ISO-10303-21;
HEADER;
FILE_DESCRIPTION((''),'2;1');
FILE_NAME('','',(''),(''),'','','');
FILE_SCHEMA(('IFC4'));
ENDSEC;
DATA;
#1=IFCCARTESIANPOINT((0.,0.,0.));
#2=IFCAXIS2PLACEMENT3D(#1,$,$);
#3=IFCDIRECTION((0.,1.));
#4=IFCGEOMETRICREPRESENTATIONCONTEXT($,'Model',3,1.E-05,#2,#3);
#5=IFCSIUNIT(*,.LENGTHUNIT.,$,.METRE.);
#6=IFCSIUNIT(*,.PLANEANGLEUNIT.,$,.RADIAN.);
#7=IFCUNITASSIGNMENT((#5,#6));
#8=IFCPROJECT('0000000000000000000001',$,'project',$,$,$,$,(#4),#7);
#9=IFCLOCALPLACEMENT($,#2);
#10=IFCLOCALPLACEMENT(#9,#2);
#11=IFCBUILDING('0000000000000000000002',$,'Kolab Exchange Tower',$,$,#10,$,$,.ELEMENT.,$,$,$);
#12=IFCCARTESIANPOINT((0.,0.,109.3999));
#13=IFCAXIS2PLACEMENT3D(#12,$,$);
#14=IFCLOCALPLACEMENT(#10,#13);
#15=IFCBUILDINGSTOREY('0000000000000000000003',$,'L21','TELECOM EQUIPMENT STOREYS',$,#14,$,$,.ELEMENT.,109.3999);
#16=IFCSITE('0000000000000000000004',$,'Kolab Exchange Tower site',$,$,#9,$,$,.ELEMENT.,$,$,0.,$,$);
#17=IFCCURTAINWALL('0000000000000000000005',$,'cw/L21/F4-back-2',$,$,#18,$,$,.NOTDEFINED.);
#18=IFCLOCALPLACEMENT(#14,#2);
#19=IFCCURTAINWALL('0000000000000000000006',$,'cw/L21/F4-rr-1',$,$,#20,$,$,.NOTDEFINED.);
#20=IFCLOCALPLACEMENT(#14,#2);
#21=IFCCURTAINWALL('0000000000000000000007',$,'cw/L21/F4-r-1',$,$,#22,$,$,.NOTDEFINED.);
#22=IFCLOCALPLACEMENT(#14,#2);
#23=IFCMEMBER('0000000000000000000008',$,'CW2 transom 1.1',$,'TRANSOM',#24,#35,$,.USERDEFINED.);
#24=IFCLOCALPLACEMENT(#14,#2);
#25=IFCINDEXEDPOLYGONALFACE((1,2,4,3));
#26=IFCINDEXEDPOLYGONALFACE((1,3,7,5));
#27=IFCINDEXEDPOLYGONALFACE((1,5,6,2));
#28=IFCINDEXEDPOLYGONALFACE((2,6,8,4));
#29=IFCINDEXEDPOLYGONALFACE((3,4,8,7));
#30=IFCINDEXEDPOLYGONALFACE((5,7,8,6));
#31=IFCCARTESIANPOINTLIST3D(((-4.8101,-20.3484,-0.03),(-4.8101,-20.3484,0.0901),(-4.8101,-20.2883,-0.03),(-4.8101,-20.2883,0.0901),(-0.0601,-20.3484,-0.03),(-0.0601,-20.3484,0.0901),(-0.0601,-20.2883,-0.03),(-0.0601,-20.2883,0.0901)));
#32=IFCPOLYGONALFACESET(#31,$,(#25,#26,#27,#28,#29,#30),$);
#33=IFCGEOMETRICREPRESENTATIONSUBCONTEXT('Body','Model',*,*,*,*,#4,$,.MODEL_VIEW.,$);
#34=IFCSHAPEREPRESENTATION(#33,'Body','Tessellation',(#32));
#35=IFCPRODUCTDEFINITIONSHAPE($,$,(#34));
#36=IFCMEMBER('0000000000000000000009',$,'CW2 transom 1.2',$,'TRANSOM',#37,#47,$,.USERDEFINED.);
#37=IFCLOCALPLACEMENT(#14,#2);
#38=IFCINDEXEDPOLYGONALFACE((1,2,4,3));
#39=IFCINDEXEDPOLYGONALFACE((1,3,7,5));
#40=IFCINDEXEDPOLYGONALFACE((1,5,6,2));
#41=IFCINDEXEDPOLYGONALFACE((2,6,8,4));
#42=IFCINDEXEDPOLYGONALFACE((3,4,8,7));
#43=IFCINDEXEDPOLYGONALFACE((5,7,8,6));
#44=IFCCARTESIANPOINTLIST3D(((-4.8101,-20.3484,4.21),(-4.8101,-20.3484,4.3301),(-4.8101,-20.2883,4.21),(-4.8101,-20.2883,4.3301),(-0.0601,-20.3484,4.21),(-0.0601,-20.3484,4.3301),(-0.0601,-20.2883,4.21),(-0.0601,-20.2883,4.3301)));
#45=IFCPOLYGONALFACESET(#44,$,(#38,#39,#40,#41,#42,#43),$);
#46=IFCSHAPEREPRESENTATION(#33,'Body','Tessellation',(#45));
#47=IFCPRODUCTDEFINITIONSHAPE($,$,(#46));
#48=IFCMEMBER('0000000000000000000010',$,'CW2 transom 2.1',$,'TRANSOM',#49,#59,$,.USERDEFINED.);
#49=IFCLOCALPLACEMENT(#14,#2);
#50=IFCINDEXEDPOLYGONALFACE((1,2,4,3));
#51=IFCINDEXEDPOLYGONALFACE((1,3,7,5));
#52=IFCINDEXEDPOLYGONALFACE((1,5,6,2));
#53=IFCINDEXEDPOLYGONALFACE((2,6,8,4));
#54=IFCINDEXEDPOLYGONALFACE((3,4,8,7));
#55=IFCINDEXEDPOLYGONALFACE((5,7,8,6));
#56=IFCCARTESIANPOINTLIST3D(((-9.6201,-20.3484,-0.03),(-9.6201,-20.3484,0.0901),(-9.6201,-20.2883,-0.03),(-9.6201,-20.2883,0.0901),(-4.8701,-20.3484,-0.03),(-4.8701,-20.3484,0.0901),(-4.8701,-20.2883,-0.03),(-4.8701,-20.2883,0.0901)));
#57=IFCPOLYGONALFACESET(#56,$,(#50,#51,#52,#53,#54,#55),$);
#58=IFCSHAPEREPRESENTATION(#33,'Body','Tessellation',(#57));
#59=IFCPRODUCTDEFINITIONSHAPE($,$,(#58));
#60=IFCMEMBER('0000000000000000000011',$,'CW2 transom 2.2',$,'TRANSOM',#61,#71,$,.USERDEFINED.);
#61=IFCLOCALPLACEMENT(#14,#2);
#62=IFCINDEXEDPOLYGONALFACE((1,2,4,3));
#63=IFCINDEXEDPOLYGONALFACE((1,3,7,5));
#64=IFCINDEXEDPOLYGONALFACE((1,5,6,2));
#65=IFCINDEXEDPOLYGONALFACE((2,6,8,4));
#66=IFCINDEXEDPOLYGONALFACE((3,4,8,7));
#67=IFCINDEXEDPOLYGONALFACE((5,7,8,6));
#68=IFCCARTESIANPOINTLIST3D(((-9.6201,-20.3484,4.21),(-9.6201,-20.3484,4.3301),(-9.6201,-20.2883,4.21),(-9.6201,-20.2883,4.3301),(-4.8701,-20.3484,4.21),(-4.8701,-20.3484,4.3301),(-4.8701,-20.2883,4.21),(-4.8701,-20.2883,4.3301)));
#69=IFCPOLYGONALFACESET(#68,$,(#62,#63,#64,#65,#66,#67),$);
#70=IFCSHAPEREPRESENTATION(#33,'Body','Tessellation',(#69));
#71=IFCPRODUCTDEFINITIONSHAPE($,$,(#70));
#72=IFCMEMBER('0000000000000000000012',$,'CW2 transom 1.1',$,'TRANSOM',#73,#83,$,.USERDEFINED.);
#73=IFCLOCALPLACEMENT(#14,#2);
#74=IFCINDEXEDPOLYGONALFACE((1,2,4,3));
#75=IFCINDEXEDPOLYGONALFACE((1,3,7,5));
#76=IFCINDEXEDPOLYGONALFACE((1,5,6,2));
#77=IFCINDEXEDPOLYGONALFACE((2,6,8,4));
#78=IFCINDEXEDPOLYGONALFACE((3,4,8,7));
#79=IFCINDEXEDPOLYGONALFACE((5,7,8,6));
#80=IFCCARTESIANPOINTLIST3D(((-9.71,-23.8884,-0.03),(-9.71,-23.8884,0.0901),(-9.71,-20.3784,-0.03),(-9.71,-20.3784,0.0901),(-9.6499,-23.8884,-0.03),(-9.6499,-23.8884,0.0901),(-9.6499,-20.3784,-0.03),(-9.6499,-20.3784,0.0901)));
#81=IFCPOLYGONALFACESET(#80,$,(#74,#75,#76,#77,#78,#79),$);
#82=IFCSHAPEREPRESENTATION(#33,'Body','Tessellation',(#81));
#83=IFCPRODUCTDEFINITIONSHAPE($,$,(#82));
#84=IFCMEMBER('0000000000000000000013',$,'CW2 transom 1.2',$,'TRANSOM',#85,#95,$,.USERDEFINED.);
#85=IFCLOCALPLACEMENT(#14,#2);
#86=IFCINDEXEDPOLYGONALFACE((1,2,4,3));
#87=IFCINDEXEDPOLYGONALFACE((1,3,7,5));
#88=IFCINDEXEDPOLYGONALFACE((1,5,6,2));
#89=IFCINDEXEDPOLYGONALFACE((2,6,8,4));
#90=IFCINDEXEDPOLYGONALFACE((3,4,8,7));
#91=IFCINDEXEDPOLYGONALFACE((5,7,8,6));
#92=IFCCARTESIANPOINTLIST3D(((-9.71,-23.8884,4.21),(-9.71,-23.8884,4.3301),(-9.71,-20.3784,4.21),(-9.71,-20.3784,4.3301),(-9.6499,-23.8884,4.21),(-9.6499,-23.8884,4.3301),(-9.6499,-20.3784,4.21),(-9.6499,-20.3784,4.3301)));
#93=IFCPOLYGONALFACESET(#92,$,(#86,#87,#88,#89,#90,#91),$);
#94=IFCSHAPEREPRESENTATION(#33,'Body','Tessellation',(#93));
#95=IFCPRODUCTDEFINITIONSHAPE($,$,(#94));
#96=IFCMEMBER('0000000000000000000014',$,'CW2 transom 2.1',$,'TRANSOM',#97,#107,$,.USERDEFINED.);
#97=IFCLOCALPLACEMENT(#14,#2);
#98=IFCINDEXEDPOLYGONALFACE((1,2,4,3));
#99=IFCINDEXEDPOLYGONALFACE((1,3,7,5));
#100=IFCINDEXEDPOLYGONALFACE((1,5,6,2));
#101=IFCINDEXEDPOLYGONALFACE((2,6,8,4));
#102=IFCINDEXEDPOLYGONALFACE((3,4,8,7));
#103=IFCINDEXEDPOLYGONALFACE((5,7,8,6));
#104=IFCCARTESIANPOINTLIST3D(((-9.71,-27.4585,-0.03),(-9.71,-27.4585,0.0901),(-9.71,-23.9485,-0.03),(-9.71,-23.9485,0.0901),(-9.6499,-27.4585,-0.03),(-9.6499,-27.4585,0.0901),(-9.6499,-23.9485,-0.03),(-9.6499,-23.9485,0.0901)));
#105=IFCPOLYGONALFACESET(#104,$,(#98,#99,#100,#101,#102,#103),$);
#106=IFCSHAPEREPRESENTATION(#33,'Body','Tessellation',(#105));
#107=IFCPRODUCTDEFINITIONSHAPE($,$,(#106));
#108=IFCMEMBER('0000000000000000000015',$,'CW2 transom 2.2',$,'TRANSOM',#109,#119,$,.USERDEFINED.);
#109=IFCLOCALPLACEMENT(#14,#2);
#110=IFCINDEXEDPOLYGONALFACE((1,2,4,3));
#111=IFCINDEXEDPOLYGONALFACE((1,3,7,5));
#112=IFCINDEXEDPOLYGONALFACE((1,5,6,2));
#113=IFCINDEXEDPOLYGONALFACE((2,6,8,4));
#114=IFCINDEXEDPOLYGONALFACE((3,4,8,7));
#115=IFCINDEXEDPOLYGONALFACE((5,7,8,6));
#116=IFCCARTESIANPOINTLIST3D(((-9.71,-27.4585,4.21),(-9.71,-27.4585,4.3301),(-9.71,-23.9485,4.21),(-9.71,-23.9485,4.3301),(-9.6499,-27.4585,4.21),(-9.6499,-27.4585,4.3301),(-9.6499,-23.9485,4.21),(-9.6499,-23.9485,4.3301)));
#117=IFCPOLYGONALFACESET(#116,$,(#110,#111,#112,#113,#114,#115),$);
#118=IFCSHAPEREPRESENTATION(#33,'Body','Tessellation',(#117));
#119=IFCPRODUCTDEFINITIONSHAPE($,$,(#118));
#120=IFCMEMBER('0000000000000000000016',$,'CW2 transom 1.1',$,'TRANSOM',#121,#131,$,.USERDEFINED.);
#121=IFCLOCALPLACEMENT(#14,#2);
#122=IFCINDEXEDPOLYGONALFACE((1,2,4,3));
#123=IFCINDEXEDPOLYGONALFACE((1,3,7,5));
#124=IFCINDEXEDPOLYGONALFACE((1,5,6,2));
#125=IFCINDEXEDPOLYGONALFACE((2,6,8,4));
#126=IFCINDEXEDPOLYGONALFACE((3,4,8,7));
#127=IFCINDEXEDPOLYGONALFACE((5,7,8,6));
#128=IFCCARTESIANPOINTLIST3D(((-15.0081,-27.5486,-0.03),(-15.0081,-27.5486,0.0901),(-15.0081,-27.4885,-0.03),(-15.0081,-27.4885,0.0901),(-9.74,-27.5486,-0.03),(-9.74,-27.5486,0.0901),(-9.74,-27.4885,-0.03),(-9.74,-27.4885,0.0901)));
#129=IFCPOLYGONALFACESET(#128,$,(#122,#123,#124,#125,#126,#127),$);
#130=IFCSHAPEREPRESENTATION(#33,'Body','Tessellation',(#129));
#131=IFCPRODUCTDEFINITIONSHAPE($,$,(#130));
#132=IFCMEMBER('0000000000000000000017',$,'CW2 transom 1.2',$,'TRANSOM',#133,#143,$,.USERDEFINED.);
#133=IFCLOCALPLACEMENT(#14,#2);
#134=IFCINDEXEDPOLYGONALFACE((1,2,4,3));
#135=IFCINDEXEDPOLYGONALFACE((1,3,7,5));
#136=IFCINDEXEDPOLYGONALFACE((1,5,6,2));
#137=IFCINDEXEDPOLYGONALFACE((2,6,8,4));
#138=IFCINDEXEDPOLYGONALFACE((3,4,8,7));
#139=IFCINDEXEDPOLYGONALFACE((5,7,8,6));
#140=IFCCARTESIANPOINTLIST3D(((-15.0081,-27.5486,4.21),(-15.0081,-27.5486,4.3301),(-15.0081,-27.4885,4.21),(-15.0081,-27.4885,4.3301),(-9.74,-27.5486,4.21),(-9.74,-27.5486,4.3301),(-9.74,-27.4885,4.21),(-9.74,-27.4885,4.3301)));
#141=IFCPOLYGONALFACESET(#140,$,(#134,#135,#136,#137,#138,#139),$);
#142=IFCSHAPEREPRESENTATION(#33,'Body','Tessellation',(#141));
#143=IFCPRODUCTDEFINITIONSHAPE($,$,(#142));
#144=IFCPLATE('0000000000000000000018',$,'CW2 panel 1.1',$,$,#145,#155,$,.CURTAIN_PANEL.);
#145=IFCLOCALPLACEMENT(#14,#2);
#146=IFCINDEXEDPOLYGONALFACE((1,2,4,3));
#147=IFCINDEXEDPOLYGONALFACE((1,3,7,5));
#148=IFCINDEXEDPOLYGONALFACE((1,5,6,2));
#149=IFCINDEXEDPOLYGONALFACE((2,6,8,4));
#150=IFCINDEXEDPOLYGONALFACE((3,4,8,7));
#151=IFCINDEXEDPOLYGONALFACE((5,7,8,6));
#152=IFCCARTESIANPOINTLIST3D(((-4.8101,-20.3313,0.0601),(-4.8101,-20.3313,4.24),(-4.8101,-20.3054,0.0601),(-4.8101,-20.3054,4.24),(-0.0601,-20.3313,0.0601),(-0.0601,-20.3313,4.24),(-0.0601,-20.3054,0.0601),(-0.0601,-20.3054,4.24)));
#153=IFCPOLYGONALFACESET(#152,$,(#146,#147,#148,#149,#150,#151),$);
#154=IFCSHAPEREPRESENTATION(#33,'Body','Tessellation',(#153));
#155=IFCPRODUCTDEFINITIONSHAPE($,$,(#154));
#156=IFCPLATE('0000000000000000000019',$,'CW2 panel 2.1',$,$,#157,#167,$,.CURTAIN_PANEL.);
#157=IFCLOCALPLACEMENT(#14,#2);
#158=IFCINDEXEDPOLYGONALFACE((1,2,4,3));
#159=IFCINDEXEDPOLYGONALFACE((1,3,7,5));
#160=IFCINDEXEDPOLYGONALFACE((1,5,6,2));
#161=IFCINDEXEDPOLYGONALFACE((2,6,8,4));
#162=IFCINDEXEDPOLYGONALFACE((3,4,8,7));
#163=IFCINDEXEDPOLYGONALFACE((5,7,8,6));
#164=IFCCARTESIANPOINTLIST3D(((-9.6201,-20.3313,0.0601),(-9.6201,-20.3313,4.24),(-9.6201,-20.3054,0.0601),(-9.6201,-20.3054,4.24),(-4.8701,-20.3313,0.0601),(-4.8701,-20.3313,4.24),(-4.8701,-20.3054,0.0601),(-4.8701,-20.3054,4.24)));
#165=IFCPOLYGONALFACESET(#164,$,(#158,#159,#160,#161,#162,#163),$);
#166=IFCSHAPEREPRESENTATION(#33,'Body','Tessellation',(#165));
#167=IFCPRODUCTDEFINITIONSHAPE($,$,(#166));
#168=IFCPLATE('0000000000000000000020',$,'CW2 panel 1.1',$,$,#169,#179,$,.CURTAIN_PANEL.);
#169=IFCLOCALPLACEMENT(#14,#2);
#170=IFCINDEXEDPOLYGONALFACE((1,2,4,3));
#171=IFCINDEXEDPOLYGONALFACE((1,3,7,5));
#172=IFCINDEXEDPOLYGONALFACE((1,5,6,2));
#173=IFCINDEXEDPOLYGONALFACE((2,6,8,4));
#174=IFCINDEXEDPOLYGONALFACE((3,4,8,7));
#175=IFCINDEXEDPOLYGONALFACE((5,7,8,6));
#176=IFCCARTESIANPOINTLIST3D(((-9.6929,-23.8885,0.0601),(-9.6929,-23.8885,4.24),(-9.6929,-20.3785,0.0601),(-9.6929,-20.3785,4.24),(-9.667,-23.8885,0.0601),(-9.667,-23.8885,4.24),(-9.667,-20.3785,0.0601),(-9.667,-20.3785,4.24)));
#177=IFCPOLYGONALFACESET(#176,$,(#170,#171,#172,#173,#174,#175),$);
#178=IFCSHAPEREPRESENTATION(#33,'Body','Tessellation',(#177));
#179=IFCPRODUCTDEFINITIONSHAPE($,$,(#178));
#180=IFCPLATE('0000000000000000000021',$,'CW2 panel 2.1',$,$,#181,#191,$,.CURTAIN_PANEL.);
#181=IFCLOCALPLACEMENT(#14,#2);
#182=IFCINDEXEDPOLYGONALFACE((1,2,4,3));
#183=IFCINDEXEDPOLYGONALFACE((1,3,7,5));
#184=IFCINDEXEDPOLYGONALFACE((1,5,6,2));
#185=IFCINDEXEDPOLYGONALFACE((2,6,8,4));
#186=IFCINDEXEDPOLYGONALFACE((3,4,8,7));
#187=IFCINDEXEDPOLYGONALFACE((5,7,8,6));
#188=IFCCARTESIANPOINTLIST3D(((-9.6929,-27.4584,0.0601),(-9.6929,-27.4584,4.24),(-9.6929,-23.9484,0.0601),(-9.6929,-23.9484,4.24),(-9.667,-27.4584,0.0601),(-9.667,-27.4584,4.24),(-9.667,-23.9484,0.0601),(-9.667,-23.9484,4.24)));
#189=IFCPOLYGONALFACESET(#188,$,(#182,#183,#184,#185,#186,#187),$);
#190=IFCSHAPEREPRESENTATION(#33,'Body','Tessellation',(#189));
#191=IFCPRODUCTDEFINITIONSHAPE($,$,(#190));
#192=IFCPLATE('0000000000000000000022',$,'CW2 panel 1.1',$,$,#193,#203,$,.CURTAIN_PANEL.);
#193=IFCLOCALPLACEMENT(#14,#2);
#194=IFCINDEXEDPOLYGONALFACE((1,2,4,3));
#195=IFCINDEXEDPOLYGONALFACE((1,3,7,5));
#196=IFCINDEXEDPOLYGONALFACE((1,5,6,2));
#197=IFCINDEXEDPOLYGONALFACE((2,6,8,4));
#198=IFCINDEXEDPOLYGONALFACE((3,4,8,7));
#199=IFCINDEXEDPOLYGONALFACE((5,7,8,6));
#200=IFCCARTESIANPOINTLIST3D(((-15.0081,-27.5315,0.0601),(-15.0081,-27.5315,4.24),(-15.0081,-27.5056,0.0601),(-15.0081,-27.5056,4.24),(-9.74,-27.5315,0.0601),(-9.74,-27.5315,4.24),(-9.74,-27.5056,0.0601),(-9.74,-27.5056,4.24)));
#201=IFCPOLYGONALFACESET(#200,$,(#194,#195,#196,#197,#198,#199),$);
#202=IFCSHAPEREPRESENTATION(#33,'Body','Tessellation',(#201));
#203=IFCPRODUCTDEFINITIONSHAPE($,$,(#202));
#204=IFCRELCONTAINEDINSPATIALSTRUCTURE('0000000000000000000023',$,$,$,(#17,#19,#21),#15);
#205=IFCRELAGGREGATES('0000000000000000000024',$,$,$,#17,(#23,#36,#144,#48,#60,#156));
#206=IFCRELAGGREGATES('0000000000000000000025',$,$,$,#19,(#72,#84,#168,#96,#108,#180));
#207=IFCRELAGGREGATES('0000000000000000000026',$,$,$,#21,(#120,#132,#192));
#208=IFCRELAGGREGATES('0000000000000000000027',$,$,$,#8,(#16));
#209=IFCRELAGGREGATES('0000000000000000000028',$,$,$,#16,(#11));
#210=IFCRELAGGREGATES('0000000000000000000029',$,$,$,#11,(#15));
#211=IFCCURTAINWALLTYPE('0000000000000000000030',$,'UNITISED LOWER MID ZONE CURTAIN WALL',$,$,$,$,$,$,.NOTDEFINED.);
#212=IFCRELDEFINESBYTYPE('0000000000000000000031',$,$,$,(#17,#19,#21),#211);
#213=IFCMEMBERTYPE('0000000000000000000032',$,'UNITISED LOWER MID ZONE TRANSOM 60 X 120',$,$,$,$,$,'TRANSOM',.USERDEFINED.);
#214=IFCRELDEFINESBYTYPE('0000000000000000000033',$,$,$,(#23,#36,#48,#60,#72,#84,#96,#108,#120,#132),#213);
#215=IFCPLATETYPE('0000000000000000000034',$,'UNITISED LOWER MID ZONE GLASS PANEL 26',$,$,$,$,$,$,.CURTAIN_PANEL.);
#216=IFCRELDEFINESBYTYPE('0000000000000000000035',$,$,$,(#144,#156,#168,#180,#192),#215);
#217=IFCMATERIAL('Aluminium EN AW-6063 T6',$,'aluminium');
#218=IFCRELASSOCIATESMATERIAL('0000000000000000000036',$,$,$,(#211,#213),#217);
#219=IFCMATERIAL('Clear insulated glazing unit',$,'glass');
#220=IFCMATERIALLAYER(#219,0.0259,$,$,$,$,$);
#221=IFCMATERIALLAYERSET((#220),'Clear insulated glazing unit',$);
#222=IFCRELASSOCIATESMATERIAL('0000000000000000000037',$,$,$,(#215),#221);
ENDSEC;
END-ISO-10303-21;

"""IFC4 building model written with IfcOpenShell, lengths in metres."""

from ifc_helpers import new_model, si_unit, direction, frame, origin, origin_2d, place, context, subcontext, project, spatial, rectangle, extrude, material, layer, layer_set, material_profile, profile_set, type_object, element, aggregate, save


model = new_model("IFC4")

# Units and contexts
model_context = context("Model", 3, precision=1e-05, world=origin(), true_north=direction((0.0, 1.0)))
body_context = subcontext(model_context, "Body", "Model", "MODEL_VIEW")
ifc_project = project(units=[si_unit("LENGTHUNIT", "METRE"), si_unit("PLANEANGLEUNIT", "RADIAN")], contexts=[model_context])

# Site, building, storey
site_placement = place(None, origin())
site = spatial("IfcSite", under=ifc_project, at=site_placement, Name="Kolab Exchange Tower site", CompositionType="ELEMENT", RefElevation=0.0)
building_placement = place(site_placement, origin())
building = spatial("IfcBuilding", under=site, at=building_placement, Name="Kolab Exchange Tower", CompositionType="ELEMENT")
storey_placement = place(building_placement, frame((0.0, 0.0, 109.3999)))
storey = spatial("IfcBuildingStorey", under=building, at=storey_placement, Name="L21", Description="TELECOM EQUIPMENT STOREYS", CompositionType="ELEMENT", Elevation=109.3999)

# Curtain walls
ifc_material_1 = material(Name="Aluminium EN AW-6063 T6", Category="aluminium")
curtain_wall_type = type_object("IfcCurtainWallType", Name="UNITISED LOWER MID ZONE CURTAIN WALL", PredefinedType="NOTDEFINED", material=ifc_material_1)
curtain_wall_1_placement = place(storey_placement, origin())
curtain_wall_1 = element("IfcCurtainWall", 1, at=curtain_wall_1_placement, inside=storey, type_object=curtain_wall_type, Name="cw/L21/F4-back-2", PredefinedType="NOTDEFINED")
curtain_wall_2_placement = place(storey_placement, origin())
curtain_wall_2 = element("IfcCurtainWall", 2, at=curtain_wall_2_placement, inside=storey, type_object=curtain_wall_type, Name="cw/L21/F4-rr-1", PredefinedType="NOTDEFINED")
curtain_wall_3_placement = place(storey_placement, origin())
curtain_wall_3 = element("IfcCurtainWall", 3, at=curtain_wall_3_placement, inside=storey, type_object=curtain_wall_type, Name="cw/L21/F4-r-1", PredefinedType="NOTDEFINED")

# Members
ifc_material_profile_1 = material_profile(ifc_material_1, rectangle(XDim=0.0601, YDim=0.1201, at=origin_2d()), Name="RECT 60X120")
ifc_profile_set_1 = profile_set([ifc_material_profile_1], Name="Aluminium EN AW-6063 T6")
member_type_1 = type_object("IfcMemberType", Name="UNITISED LOWER MID ZONE TRANSOM 60 X 120", ElementType="TRANSOM", PredefinedType="USERDEFINED", material=ifc_profile_set_1)
member_1_placement = place(storey_placement, frame((-0.0601, -20.3184, 0.03), z_axis=(-1.0, 0.0, 0.0), x_axis=(0.0, -1.0, 0.0)))
member_1 = element("IfcMember", 4, at=member_1_placement, type_object=member_type_1, Name="CW2 transom 1.1", ObjectType="TRANSOM", PredefinedType="USERDEFINED", context=body_context, shape_type="SweptSolid", body=[
    extrude(rectangle(XDim=0.0601, YDim=0.1201, at=origin_2d()), origin(), (0.0, 0.0, 1.0), 4.75),
])
member_2_placement = place(storey_placement, frame((-0.0601, -20.3184, 4.27), z_axis=(-1.0, 0.0, 0.0), x_axis=(0.0, -1.0, 0.0)))
member_2 = element("IfcMember", 5, at=member_2_placement, type_object=member_type_1, Name="CW2 transom 1.2", ObjectType="TRANSOM", PredefinedType="USERDEFINED", context=body_context, shape_type="SweptSolid", body=[
    extrude(rectangle(XDim=0.0601, YDim=0.1201, at=origin_2d()), origin(), (0.0, 0.0, 1.0), 4.75),
])
member_3_placement = place(storey_placement, frame((-4.8701, -20.3184, 0.03), z_axis=(-1.0, 0.0, 0.0), x_axis=(0.0, -1.0, 0.0)))
member_3 = element("IfcMember", 6, at=member_3_placement, type_object=member_type_1, Name="CW2 transom 2.1", ObjectType="TRANSOM", PredefinedType="USERDEFINED", context=body_context, shape_type="SweptSolid", body=[
    extrude(rectangle(XDim=0.0601, YDim=0.1201, at=origin_2d()), origin(), (0.0, 0.0, 1.0), 4.75),
])
member_4_placement = place(storey_placement, frame((-4.8701, -20.3184, 4.27), z_axis=(-1.0, 0.0, 0.0), x_axis=(0.0, -1.0, 0.0)))
member_4 = element("IfcMember", 7, at=member_4_placement, type_object=member_type_1, Name="CW2 transom 2.2", ObjectType="TRANSOM", PredefinedType="USERDEFINED", context=body_context, shape_type="SweptSolid", body=[
    extrude(rectangle(XDim=0.0601, YDim=0.1201, at=origin_2d()), origin(), (0.0, 0.0, 1.0), 4.75),
])
member_5_placement = place(storey_placement, frame((-9.6799, -20.3784, 0.03), z_axis=(0.0, -1.0, 0.0), x_axis=(1.0, 0.0, 0.0)))
member_5 = element("IfcMember", 8, at=member_5_placement, type_object=member_type_1, Name="CW2 transom 1.1", ObjectType="TRANSOM", PredefinedType="USERDEFINED", context=body_context, shape_type="SweptSolid", body=[
    extrude(rectangle(XDim=0.0601, YDim=0.1201, at=origin_2d()), origin(), (0.0, 0.0, 1.0), 3.51),
])
member_6_placement = place(storey_placement, frame((-9.6799, -20.3784, 4.27), z_axis=(0.0, -1.0, 0.0), x_axis=(1.0, 0.0, 0.0)))
member_6 = element("IfcMember", 9, at=member_6_placement, type_object=member_type_1, Name="CW2 transom 1.2", ObjectType="TRANSOM", PredefinedType="USERDEFINED", context=body_context, shape_type="SweptSolid", body=[
    extrude(rectangle(XDim=0.0601, YDim=0.1201, at=origin_2d()), origin(), (0.0, 0.0, 1.0), 3.51),
])
member_7_placement = place(storey_placement, frame((-9.6799, -23.9485, 0.03), z_axis=(0.0, -1.0, 0.0), x_axis=(1.0, 0.0, 0.0)))
member_7 = element("IfcMember", 10, at=member_7_placement, type_object=member_type_1, Name="CW2 transom 2.1", ObjectType="TRANSOM", PredefinedType="USERDEFINED", context=body_context, shape_type="SweptSolid", body=[
    extrude(rectangle(XDim=0.0601, YDim=0.1201, at=origin_2d()), origin(), (0.0, 0.0, 1.0), 3.51),
])
member_8_placement = place(storey_placement, frame((-9.6799, -23.9485, 4.27), z_axis=(0.0, -1.0, 0.0), x_axis=(1.0, 0.0, 0.0)))
member_8 = element("IfcMember", 11, at=member_8_placement, type_object=member_type_1, Name="CW2 transom 2.2", ObjectType="TRANSOM", PredefinedType="USERDEFINED", context=body_context, shape_type="SweptSolid", body=[
    extrude(rectangle(XDim=0.0601, YDim=0.1201, at=origin_2d()), origin(), (0.0, 0.0, 1.0), 3.51),
])
member_9_placement = place(storey_placement, frame((-9.74, -27.5186, 0.03), z_axis=(-1.0, 0.0, 0.0), x_axis=(0.0, -1.0, 0.0)))
member_9 = element("IfcMember", 12, at=member_9_placement, type_object=member_type_1, Name="CW2 transom 1.1", ObjectType="TRANSOM", PredefinedType="USERDEFINED", context=body_context, shape_type="SweptSolid", body=[
    extrude(rectangle(XDim=0.0601, YDim=0.1201, at=origin_2d()), origin(), (0.0, 0.0, 1.0), 5.2681),
])
member_10_placement = place(storey_placement, frame((-9.74, -27.5186, 4.27), z_axis=(-1.0, 0.0, 0.0), x_axis=(0.0, -1.0, 0.0)))
member_10 = element("IfcMember", 13, at=member_10_placement, type_object=member_type_1, Name="CW2 transom 1.2", ObjectType="TRANSOM", PredefinedType="USERDEFINED", context=body_context, shape_type="SweptSolid", body=[
    extrude(rectangle(XDim=0.0601, YDim=0.1201, at=origin_2d()), origin(), (0.0, 0.0, 1.0), 5.2681),
])

# Plates
ifc_material_2 = material(Name="Clear insulated glazing unit", Category="glass")
ifc_layer_1 = layer(ifc_material_2, 0.0259)
ifc_layer_set_1 = layer_set([ifc_layer_1], Name="Clear insulated glazing unit")
plate_type = type_object("IfcPlateType", Name="UNITISED LOWER MID ZONE GLASS PANEL 26", PredefinedType="CURTAIN_PANEL", material=ifc_layer_set_1)
plate_1_placement = place(storey_placement, frame((-2.4351, -20.3184, 0.0601), z_axis=(0.0, 0.0, 1.0), x_axis=(-1.0, 0.0, 0.0)))
plate_1 = element("IfcPlate", 14, at=plate_1_placement, type_object=plate_type, Name="CW2 panel 1.1", PredefinedType="CURTAIN_PANEL", context=body_context, shape_type="SweptSolid", body=[
    extrude(rectangle(XDim=4.75, YDim=0.0259, at=origin_2d()), origin(), (0.0, 0.0, 1.0), 4.1799),
])
plate_2_placement = place(storey_placement, frame((-7.2451, -20.3184, 0.0601), z_axis=(0.0, 0.0, 1.0), x_axis=(-1.0, 0.0, 0.0)))
plate_2 = element("IfcPlate", 15, at=plate_2_placement, type_object=plate_type, Name="CW2 panel 2.1", PredefinedType="CURTAIN_PANEL", context=body_context, shape_type="SweptSolid", body=[
    extrude(rectangle(XDim=4.75, YDim=0.0259, at=origin_2d()), origin(), (0.0, 0.0, 1.0), 4.1799),
])
aggregate(curtain_wall_1, [member_1, member_2, plate_1, member_3, member_4, plate_2])
plate_3_placement = place(storey_placement, frame((-9.6799, -22.1335, 0.0601), z_axis=(0.0, 0.0, 1.0), x_axis=(0.0, -1.0, 0.0)))
plate_3 = element("IfcPlate", 16, at=plate_3_placement, type_object=plate_type, Name="CW2 panel 1.1", PredefinedType="CURTAIN_PANEL", context=body_context, shape_type="SweptSolid", body=[
    extrude(rectangle(XDim=3.51, YDim=0.0259, at=origin_2d()), origin(), (0.0, 0.0, 1.0), 4.1799),
])
plate_4_placement = place(storey_placement, frame((-9.6799, -25.7034, 0.0601), z_axis=(0.0, 0.0, 1.0), x_axis=(0.0, -1.0, 0.0)))
plate_4 = element("IfcPlate", 17, at=plate_4_placement, type_object=plate_type, Name="CW2 panel 2.1", PredefinedType="CURTAIN_PANEL", context=body_context, shape_type="SweptSolid", body=[
    extrude(rectangle(XDim=3.51, YDim=0.0259, at=origin_2d()), origin(), (0.0, 0.0, 1.0), 4.1799),
])
aggregate(curtain_wall_2, [member_5, member_6, plate_3, member_7, member_8, plate_4])
plate_5_placement = place(storey_placement, frame((-12.374, -27.5186, 0.0601), z_axis=(0.0, 0.0, 1.0), x_axis=(-1.0, 0.0, 0.0)))
plate_5 = element("IfcPlate", 18, at=plate_5_placement, type_object=plate_type, Name="CW2 panel 1.1", PredefinedType="CURTAIN_PANEL", context=body_context, shape_type="SweptSolid", body=[
    extrude(rectangle(XDim=5.2681, YDim=0.0259, at=origin_2d()), origin(), (0.0, 0.0, 1.0), 4.1799),
])
aggregate(curtain_wall_3, [member_9, member_10, plate_5])

save(model, "model.ifc")
